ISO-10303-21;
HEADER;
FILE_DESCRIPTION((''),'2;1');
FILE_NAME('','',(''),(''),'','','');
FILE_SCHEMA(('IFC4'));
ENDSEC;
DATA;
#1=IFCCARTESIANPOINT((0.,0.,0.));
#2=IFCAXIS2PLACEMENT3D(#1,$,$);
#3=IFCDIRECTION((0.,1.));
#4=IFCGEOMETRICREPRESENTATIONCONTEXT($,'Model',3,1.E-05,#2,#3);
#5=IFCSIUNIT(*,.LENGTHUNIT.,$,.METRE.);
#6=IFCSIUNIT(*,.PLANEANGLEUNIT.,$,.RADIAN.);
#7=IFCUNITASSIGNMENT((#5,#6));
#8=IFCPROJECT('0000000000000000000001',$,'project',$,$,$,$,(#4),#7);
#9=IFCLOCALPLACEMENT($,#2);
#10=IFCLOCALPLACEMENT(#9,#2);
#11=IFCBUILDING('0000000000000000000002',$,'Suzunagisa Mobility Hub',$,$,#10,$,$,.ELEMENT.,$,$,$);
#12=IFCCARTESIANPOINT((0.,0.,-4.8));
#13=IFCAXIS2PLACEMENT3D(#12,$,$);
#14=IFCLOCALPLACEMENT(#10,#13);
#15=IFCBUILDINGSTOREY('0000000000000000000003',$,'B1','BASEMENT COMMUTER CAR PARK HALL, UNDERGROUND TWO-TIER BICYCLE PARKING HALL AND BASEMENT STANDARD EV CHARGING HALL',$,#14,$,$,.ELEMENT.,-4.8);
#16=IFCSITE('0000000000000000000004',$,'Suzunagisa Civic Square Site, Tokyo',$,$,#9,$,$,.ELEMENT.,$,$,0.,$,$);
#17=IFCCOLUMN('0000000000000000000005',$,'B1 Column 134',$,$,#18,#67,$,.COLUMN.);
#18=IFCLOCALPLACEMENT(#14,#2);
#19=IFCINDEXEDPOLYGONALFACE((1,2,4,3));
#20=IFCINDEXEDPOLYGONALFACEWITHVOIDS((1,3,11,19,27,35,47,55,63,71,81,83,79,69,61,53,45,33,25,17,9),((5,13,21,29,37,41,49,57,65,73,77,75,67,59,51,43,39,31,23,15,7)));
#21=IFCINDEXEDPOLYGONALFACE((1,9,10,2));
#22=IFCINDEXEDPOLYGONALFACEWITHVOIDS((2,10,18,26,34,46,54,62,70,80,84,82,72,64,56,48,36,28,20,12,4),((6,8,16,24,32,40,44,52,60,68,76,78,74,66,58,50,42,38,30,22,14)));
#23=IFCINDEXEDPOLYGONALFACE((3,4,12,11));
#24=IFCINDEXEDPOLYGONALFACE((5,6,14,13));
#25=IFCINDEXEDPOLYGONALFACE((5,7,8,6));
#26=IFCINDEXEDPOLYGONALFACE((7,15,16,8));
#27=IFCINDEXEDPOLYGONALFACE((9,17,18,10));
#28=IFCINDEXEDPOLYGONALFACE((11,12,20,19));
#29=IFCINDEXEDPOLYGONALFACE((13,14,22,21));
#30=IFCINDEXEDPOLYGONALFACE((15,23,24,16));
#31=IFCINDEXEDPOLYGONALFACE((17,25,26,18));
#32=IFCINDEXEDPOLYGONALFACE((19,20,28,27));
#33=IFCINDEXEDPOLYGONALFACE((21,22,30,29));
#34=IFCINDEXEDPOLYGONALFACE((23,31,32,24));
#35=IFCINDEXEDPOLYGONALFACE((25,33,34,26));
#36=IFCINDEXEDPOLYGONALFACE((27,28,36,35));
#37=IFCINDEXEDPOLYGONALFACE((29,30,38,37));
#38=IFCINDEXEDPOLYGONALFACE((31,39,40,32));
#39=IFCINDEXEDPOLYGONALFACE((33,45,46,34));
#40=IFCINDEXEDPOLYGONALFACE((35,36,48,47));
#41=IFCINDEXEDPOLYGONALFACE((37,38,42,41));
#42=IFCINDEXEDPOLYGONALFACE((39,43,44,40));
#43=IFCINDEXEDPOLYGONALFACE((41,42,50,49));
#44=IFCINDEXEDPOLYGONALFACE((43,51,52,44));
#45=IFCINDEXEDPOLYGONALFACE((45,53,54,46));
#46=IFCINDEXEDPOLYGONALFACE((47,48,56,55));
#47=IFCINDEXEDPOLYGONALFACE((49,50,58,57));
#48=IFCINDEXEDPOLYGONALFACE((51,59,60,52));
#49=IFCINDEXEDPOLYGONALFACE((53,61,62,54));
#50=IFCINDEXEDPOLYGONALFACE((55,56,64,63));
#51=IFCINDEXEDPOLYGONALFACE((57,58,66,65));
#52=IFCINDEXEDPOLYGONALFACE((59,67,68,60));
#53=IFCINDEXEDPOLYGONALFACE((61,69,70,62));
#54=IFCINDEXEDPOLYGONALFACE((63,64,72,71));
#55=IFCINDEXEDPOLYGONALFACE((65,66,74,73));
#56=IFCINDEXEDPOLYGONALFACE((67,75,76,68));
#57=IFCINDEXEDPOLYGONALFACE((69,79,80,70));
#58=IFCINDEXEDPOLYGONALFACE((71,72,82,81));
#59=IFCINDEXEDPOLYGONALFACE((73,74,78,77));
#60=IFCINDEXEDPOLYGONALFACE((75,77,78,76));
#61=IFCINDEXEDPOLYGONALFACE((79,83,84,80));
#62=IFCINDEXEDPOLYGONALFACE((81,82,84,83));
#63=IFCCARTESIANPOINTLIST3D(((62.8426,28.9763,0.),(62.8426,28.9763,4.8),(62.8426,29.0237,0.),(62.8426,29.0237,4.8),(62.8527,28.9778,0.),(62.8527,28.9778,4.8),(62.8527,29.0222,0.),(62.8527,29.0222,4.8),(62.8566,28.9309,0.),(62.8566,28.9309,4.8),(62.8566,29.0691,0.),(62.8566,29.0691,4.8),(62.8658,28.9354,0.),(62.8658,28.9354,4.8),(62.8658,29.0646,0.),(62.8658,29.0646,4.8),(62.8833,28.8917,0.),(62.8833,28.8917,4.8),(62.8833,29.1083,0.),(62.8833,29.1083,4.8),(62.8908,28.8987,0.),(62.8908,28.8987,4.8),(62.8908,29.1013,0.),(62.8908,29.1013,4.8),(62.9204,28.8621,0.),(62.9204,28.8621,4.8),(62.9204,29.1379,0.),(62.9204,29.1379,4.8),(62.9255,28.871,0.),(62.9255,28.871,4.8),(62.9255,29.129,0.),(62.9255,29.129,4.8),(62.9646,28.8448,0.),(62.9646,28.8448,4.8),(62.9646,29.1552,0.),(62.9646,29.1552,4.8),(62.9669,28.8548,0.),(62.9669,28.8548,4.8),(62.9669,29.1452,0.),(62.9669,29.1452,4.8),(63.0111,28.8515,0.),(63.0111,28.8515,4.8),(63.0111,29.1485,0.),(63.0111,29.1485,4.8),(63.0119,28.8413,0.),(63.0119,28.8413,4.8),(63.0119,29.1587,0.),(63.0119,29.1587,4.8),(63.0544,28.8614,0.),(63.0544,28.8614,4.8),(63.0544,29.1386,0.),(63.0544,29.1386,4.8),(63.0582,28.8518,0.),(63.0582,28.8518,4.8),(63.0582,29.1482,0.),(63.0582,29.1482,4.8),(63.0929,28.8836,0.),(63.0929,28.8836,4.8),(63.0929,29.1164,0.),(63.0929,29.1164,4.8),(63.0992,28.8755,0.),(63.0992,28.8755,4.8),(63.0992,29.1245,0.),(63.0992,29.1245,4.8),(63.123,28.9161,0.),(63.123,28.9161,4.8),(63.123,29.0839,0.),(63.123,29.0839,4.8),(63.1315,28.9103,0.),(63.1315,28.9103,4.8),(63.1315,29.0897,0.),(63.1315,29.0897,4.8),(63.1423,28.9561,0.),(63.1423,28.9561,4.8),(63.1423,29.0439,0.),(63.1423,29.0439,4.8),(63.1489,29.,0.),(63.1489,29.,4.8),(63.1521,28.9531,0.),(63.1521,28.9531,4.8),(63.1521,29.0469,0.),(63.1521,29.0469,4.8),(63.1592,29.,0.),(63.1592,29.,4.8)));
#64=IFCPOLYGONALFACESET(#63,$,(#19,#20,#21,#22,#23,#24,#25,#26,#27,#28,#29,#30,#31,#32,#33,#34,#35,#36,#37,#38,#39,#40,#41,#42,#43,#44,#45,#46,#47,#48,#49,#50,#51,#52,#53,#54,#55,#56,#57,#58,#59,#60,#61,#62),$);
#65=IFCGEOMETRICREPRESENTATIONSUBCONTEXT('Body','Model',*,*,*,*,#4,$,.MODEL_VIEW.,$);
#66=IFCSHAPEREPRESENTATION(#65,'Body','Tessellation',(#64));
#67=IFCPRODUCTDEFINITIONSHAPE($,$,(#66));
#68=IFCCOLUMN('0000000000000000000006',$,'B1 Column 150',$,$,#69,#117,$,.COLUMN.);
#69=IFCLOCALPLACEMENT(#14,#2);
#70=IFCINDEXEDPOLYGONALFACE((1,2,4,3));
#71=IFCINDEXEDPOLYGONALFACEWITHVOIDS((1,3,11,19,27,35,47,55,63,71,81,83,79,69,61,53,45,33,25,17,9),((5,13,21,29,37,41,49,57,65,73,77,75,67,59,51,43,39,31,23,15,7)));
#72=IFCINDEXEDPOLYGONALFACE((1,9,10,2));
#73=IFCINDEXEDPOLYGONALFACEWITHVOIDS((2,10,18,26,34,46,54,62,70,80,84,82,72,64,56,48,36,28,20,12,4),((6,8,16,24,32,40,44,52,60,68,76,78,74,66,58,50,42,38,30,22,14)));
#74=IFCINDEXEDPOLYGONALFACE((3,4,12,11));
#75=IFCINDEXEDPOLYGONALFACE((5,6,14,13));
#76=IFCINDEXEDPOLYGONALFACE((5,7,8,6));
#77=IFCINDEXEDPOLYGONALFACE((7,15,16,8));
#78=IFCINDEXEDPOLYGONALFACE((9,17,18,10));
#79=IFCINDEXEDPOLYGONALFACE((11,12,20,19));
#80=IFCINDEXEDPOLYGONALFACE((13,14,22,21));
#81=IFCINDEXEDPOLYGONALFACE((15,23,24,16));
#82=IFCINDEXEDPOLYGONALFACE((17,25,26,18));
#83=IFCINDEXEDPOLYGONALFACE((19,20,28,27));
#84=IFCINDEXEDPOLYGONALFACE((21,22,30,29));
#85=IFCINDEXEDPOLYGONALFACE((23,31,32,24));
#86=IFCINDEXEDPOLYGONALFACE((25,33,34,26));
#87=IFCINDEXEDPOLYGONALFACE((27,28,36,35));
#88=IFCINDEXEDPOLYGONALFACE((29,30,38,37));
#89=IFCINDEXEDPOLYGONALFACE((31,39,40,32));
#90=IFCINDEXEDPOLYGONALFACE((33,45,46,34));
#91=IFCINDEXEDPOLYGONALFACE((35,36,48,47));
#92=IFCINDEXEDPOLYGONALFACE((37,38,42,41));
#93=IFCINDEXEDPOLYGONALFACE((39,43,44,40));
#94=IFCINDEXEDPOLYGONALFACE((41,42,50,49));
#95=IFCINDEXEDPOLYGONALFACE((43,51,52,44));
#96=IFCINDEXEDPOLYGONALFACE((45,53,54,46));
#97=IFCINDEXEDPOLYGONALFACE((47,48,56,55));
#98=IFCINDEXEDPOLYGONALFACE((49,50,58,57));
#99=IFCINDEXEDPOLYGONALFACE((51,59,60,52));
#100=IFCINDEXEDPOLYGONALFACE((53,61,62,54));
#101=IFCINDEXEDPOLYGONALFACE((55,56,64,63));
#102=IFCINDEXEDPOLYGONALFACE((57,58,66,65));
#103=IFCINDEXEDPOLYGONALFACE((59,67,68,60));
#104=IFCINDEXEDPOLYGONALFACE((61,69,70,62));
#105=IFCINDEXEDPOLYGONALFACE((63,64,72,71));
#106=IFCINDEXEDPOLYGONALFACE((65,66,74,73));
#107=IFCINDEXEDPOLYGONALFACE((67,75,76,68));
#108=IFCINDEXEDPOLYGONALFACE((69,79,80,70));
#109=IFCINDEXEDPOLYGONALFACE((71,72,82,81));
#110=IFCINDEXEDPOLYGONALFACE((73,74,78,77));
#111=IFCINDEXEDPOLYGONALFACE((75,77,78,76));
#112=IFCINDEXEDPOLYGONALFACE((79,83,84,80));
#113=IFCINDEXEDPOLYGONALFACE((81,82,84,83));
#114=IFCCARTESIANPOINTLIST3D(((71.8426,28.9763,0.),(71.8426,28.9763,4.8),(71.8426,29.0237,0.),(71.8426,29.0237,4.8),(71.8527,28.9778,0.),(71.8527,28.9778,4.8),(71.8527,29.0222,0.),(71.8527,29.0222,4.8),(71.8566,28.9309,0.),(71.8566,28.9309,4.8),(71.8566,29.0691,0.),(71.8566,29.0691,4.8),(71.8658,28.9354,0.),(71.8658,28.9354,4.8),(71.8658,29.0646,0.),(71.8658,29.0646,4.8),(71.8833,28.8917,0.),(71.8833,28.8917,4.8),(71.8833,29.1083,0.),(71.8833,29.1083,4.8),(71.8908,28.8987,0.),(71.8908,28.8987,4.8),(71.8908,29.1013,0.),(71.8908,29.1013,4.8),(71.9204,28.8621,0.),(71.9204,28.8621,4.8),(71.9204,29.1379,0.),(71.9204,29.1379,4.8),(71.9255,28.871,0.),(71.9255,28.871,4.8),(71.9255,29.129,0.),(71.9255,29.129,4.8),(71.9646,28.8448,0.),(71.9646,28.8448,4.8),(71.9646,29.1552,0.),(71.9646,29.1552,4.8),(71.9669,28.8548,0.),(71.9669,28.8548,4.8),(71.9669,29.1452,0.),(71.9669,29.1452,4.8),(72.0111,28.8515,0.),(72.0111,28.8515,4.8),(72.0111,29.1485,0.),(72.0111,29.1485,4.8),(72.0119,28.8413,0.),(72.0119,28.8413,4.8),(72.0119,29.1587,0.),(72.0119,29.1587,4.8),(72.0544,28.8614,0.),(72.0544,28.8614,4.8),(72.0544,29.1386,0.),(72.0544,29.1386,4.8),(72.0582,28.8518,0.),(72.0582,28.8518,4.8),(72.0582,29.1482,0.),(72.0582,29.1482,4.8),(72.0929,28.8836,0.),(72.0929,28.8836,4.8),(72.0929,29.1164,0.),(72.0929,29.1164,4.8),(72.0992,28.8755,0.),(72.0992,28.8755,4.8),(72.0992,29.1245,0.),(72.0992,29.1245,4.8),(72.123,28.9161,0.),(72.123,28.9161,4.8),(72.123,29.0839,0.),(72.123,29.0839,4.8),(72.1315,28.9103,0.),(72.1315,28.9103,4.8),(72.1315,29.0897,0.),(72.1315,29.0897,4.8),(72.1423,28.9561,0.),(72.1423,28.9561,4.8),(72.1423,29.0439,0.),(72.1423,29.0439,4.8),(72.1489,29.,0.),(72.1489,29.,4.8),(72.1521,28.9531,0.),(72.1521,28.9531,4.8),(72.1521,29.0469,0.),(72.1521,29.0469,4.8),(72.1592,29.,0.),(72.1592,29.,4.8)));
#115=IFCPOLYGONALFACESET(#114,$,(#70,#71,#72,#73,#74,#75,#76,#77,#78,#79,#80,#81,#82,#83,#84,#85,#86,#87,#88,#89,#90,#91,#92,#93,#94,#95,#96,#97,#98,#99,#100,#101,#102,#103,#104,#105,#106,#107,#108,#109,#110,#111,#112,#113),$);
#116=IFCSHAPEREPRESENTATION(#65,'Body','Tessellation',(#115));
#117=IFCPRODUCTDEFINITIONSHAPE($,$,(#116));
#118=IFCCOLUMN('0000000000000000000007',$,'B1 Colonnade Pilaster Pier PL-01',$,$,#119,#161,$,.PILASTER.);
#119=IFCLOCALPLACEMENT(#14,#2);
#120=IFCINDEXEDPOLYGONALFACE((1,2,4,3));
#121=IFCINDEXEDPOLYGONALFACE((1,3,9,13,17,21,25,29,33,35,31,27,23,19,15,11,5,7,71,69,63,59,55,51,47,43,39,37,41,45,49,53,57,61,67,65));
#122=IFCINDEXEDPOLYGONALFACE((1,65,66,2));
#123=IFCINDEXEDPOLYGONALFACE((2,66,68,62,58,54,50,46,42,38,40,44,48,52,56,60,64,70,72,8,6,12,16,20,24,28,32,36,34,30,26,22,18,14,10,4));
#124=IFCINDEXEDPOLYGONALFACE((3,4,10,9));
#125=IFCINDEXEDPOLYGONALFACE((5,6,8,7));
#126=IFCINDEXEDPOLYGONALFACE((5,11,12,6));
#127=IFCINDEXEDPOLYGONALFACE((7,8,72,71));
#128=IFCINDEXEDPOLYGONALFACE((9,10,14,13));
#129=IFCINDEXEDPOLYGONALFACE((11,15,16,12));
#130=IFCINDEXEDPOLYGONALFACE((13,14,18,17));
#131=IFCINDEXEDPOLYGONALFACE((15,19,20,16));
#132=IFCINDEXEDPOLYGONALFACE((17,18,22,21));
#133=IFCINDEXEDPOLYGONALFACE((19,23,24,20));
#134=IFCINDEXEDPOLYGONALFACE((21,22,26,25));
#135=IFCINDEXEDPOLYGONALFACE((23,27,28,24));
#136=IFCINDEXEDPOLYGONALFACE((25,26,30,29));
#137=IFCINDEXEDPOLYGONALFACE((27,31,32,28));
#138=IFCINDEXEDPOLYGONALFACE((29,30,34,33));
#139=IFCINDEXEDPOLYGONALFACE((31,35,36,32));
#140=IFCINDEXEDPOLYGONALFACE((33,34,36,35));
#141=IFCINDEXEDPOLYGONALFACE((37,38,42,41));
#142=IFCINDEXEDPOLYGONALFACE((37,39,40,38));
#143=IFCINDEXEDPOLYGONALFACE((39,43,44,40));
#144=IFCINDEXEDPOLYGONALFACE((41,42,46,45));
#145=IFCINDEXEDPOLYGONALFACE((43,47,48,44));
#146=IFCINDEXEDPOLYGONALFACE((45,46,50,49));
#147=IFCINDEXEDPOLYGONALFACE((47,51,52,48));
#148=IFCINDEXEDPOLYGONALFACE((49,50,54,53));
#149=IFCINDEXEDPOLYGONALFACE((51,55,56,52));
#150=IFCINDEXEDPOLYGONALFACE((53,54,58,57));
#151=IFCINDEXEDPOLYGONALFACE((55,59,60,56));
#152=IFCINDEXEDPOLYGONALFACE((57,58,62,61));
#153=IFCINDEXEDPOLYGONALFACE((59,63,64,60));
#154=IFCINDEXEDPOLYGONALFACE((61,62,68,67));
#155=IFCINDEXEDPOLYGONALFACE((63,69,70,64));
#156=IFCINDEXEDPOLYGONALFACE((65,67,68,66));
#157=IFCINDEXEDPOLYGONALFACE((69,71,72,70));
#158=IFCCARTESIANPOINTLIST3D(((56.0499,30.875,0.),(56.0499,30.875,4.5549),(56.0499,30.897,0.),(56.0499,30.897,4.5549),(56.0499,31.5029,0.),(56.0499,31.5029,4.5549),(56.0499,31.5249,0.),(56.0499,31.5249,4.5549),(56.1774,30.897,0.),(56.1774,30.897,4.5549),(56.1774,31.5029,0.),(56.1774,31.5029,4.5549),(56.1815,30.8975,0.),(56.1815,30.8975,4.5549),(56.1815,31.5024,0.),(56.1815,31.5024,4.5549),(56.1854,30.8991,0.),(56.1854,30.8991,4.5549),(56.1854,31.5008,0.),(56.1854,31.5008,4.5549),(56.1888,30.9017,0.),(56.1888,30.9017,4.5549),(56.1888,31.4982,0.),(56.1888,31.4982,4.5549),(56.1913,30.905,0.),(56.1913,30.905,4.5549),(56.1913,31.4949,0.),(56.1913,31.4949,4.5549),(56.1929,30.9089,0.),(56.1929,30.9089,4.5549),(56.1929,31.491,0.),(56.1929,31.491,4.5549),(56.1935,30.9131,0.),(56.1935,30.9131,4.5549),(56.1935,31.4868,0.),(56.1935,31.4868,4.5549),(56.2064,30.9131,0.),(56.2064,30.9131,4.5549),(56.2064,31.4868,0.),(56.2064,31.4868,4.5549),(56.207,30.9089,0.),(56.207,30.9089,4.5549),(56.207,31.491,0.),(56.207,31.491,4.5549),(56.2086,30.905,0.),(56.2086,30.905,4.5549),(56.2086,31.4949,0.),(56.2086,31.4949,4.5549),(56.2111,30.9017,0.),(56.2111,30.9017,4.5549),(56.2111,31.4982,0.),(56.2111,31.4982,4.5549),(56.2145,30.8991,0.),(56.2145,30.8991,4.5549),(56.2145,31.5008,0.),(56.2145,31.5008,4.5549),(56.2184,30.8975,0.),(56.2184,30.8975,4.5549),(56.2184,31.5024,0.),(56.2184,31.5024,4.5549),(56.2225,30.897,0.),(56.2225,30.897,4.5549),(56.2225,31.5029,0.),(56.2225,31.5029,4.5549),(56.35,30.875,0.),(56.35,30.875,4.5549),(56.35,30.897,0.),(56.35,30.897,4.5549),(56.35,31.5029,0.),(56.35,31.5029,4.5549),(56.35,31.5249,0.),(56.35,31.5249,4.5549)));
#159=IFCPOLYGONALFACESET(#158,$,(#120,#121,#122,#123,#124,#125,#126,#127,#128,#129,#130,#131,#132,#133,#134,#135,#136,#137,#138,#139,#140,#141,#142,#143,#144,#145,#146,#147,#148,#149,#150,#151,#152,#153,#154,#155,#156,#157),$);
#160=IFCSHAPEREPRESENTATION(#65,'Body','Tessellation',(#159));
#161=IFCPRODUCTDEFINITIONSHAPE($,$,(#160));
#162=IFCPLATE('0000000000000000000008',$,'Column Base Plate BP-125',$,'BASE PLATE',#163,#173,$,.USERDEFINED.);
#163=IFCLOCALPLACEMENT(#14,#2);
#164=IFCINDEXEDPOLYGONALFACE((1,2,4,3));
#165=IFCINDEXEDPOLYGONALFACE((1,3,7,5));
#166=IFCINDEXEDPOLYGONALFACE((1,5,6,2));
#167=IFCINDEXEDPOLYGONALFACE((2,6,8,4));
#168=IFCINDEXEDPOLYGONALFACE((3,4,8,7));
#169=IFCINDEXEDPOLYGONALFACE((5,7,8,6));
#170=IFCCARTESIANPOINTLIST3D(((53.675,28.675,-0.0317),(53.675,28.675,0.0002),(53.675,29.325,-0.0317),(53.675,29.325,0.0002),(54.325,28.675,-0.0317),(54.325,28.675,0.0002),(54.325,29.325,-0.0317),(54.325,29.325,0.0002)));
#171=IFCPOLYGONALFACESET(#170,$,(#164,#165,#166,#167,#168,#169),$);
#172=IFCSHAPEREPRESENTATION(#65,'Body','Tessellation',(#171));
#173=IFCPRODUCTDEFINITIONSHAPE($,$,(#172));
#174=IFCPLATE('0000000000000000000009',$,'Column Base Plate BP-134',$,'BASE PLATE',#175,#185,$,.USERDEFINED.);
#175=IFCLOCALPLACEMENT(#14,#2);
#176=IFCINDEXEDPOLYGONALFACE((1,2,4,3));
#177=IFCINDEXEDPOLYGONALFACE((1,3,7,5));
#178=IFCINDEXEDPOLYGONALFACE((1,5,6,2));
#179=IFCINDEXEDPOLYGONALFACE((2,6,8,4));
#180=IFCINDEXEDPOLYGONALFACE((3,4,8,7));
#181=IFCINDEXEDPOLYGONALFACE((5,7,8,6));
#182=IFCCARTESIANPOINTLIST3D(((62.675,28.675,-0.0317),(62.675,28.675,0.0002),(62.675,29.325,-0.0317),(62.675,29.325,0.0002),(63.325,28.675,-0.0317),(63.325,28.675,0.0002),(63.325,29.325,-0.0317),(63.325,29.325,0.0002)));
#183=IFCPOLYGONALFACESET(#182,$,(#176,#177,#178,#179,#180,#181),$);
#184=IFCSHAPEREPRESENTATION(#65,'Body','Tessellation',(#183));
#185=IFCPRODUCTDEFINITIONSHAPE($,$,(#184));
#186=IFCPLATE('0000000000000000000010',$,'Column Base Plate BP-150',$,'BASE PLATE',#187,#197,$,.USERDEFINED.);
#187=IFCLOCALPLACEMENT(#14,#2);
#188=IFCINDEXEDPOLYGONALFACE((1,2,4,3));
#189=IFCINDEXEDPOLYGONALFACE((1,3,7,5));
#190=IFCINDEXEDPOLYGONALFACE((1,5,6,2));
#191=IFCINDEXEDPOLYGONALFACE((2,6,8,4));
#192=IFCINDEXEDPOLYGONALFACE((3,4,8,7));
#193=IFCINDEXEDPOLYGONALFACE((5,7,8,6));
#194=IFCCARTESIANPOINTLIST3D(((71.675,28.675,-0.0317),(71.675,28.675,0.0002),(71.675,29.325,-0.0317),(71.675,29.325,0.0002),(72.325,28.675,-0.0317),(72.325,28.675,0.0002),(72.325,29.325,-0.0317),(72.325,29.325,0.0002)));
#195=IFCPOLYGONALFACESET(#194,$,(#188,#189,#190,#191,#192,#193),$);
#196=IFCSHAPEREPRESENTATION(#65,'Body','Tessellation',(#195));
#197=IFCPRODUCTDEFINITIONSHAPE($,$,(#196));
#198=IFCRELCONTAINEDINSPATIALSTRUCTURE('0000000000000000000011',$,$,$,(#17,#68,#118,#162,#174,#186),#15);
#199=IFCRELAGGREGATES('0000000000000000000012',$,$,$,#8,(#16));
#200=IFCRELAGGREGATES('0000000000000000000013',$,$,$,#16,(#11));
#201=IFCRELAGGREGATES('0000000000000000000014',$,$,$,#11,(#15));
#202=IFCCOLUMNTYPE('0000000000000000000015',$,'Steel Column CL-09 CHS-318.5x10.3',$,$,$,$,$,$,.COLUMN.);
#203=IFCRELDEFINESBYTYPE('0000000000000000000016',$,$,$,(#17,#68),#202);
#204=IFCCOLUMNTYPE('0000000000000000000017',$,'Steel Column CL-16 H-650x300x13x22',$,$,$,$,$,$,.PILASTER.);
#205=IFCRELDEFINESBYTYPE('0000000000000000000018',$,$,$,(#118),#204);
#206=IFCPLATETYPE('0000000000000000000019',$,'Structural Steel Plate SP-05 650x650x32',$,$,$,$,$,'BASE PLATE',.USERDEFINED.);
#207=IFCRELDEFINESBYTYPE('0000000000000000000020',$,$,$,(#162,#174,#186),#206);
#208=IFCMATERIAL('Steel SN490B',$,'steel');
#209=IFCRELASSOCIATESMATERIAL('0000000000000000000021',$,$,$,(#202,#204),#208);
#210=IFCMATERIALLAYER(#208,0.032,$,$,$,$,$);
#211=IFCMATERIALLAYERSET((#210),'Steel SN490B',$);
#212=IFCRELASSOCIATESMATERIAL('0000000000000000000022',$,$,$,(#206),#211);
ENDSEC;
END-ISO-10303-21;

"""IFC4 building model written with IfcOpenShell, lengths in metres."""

from ifc_helpers import new_model, si_unit, direction, frame, origin, origin_2d, place, context, subcontext, project, spatial, rectangle, hollow_circle, i_section, extrude, material, layer, layer_set, material_profile, profile_set, type_object, element, save


model = new_model("IFC4")

# Units and contexts
model_context = context("Model", 3, precision=1e-05, world=origin(), true_north=direction((0.0, 1.0)))
body_context = subcontext(model_context, "Body", "Model", "MODEL_VIEW")
ifc_project = project(units=[si_unit("LENGTHUNIT", "METRE"), si_unit("PLANEANGLEUNIT", "RADIAN")], contexts=[model_context])

# Site, building, storey
site_placement = place(None, origin())
site = spatial("IfcSite", under=ifc_project, at=site_placement, Name="Suzunagisa Civic Square Site, Tokyo", CompositionType="ELEMENT", RefElevation=0.0)
building_placement = place(site_placement, origin())
building = spatial("IfcBuilding", under=site, at=building_placement, Name="Suzunagisa Mobility Hub", CompositionType="ELEMENT")
storey_placement = place(building_placement, frame((0.0, 0.0, -4.8)))
storey = spatial("IfcBuildingStorey", under=building, at=storey_placement, Name="B1", Description="BASEMENT COMMUTER CAR PARK HALL, UNDERGROUND TWO-TIER BICYCLE PARKING HALL AND BASEMENT STANDARD EV CHARGING HALL", CompositionType="ELEMENT", Elevation=-4.8)

# Columns
ifc_material_1 = material(Name="Steel SN490B", Category="steel")
ifc_material_profile_1 = material_profile(ifc_material_1, hollow_circle(Radius=0.1592, WallThickness=0.0103, at=origin_2d()), Name="CHS-318.5x10.3")
ifc_profile_set_1 = profile_set([ifc_material_profile_1], Name="Steel SN490B")
column_type_1 = type_object("IfcColumnType", Name="Steel Column CL-09 CHS-318.5x10.3", PredefinedType="COLUMN", material=ifc_profile_set_1)
for number, where, z_axis, x_axis, name in (
    (1, (63.0, 29.0, 0.0), (0.0, 0.0, 1.0), (1.0, 0.0, 0.0), "B1 Column 134"),
    (2, (72.0, 29.0, 0.0), (0.0, 0.0, 1.0), (1.0, 0.0, 0.0), "B1 Column 150"),
):
    element("IfcColumn", number, at=place(storey_placement, frame(where, z_axis=z_axis, x_axis=x_axis)), inside=storey, type_object=column_type_1, Name=name, PredefinedType="COLUMN", context=body_context, shape_type="SweptSolid", body=[
        extrude(hollow_circle(Radius=0.1592, WallThickness=0.0103, at=origin_2d()), origin(), (0.0, 0.0, 1.0), 4.8),
    ])
ifc_material_profile_2 = material_profile(ifc_material_1, i_section(OverallWidth=0.3, OverallDepth=0.6499, WebThickness=0.0129, FlangeThickness=0.022, FilletRadius=0.0161, at=origin_2d()), Name="H-650x300x13x22")
ifc_profile_set_2 = profile_set([ifc_material_profile_2], Name="Steel SN490B")
column_type_2 = type_object("IfcColumnType", Name="Steel Column CL-16 H-650x300x13x22", PredefinedType="PILASTER", material=ifc_profile_set_2)
column_1_placement = place(storey_placement, frame((56.2, 31.2, 0.0), z_axis=(0.0, 0.0, 1.0), x_axis=(1.0, 0.0, 0.0)))
element("IfcColumn", 3, at=column_1_placement, inside=storey, type_object=column_type_2, Name="B1 Colonnade Pilaster Pier PL-01", PredefinedType="PILASTER", context=body_context, shape_type="SweptSolid", body=[
    extrude(i_section(OverallWidth=0.3, OverallDepth=0.6499, WebThickness=0.0129, FlangeThickness=0.022, FilletRadius=0.0161, at=origin_2d()), origin(), (0.0, 0.0, 1.0), 4.5549),
])

# Plates
ifc_layer = layer(ifc_material_1, 0.032)
ifc_layer_set = layer_set([ifc_layer], Name="Steel SN490B")
plate_type = type_object("IfcPlateType", Name="Structural Steel Plate SP-05 650x650x32", ElementType="BASE PLATE", PredefinedType="USERDEFINED", material=ifc_layer_set)
for number, where, z_axis, x_axis, name in (
    (4, (54.0, 29.0, -0.0317), (0.0, 0.0, 1.0), (1.0, 0.0, 0.0), "Column Base Plate BP-125"),
    (5, (63.0, 29.0, -0.0317), (0.0, 0.0, 1.0), (1.0, 0.0, 0.0), "Column Base Plate BP-134"),
    (6, (72.0, 29.0, -0.0317), (0.0, 0.0, 1.0), (1.0, 0.0, 0.0), "Column Base Plate BP-150"),
):
    element("IfcPlate", number, at=place(storey_placement, frame(where, z_axis=z_axis, x_axis=x_axis)), inside=storey, type_object=plate_type, Name=name, ObjectType="BASE PLATE", PredefinedType="USERDEFINED", context=body_context, shape_type="SweptSolid", body=[
        extrude(rectangle(XDim=0.6499, YDim=0.6499, at=origin_2d()), origin(), (0.0, 0.0, 1.0), 0.032),
    ])

save(model, "model.ifc")
